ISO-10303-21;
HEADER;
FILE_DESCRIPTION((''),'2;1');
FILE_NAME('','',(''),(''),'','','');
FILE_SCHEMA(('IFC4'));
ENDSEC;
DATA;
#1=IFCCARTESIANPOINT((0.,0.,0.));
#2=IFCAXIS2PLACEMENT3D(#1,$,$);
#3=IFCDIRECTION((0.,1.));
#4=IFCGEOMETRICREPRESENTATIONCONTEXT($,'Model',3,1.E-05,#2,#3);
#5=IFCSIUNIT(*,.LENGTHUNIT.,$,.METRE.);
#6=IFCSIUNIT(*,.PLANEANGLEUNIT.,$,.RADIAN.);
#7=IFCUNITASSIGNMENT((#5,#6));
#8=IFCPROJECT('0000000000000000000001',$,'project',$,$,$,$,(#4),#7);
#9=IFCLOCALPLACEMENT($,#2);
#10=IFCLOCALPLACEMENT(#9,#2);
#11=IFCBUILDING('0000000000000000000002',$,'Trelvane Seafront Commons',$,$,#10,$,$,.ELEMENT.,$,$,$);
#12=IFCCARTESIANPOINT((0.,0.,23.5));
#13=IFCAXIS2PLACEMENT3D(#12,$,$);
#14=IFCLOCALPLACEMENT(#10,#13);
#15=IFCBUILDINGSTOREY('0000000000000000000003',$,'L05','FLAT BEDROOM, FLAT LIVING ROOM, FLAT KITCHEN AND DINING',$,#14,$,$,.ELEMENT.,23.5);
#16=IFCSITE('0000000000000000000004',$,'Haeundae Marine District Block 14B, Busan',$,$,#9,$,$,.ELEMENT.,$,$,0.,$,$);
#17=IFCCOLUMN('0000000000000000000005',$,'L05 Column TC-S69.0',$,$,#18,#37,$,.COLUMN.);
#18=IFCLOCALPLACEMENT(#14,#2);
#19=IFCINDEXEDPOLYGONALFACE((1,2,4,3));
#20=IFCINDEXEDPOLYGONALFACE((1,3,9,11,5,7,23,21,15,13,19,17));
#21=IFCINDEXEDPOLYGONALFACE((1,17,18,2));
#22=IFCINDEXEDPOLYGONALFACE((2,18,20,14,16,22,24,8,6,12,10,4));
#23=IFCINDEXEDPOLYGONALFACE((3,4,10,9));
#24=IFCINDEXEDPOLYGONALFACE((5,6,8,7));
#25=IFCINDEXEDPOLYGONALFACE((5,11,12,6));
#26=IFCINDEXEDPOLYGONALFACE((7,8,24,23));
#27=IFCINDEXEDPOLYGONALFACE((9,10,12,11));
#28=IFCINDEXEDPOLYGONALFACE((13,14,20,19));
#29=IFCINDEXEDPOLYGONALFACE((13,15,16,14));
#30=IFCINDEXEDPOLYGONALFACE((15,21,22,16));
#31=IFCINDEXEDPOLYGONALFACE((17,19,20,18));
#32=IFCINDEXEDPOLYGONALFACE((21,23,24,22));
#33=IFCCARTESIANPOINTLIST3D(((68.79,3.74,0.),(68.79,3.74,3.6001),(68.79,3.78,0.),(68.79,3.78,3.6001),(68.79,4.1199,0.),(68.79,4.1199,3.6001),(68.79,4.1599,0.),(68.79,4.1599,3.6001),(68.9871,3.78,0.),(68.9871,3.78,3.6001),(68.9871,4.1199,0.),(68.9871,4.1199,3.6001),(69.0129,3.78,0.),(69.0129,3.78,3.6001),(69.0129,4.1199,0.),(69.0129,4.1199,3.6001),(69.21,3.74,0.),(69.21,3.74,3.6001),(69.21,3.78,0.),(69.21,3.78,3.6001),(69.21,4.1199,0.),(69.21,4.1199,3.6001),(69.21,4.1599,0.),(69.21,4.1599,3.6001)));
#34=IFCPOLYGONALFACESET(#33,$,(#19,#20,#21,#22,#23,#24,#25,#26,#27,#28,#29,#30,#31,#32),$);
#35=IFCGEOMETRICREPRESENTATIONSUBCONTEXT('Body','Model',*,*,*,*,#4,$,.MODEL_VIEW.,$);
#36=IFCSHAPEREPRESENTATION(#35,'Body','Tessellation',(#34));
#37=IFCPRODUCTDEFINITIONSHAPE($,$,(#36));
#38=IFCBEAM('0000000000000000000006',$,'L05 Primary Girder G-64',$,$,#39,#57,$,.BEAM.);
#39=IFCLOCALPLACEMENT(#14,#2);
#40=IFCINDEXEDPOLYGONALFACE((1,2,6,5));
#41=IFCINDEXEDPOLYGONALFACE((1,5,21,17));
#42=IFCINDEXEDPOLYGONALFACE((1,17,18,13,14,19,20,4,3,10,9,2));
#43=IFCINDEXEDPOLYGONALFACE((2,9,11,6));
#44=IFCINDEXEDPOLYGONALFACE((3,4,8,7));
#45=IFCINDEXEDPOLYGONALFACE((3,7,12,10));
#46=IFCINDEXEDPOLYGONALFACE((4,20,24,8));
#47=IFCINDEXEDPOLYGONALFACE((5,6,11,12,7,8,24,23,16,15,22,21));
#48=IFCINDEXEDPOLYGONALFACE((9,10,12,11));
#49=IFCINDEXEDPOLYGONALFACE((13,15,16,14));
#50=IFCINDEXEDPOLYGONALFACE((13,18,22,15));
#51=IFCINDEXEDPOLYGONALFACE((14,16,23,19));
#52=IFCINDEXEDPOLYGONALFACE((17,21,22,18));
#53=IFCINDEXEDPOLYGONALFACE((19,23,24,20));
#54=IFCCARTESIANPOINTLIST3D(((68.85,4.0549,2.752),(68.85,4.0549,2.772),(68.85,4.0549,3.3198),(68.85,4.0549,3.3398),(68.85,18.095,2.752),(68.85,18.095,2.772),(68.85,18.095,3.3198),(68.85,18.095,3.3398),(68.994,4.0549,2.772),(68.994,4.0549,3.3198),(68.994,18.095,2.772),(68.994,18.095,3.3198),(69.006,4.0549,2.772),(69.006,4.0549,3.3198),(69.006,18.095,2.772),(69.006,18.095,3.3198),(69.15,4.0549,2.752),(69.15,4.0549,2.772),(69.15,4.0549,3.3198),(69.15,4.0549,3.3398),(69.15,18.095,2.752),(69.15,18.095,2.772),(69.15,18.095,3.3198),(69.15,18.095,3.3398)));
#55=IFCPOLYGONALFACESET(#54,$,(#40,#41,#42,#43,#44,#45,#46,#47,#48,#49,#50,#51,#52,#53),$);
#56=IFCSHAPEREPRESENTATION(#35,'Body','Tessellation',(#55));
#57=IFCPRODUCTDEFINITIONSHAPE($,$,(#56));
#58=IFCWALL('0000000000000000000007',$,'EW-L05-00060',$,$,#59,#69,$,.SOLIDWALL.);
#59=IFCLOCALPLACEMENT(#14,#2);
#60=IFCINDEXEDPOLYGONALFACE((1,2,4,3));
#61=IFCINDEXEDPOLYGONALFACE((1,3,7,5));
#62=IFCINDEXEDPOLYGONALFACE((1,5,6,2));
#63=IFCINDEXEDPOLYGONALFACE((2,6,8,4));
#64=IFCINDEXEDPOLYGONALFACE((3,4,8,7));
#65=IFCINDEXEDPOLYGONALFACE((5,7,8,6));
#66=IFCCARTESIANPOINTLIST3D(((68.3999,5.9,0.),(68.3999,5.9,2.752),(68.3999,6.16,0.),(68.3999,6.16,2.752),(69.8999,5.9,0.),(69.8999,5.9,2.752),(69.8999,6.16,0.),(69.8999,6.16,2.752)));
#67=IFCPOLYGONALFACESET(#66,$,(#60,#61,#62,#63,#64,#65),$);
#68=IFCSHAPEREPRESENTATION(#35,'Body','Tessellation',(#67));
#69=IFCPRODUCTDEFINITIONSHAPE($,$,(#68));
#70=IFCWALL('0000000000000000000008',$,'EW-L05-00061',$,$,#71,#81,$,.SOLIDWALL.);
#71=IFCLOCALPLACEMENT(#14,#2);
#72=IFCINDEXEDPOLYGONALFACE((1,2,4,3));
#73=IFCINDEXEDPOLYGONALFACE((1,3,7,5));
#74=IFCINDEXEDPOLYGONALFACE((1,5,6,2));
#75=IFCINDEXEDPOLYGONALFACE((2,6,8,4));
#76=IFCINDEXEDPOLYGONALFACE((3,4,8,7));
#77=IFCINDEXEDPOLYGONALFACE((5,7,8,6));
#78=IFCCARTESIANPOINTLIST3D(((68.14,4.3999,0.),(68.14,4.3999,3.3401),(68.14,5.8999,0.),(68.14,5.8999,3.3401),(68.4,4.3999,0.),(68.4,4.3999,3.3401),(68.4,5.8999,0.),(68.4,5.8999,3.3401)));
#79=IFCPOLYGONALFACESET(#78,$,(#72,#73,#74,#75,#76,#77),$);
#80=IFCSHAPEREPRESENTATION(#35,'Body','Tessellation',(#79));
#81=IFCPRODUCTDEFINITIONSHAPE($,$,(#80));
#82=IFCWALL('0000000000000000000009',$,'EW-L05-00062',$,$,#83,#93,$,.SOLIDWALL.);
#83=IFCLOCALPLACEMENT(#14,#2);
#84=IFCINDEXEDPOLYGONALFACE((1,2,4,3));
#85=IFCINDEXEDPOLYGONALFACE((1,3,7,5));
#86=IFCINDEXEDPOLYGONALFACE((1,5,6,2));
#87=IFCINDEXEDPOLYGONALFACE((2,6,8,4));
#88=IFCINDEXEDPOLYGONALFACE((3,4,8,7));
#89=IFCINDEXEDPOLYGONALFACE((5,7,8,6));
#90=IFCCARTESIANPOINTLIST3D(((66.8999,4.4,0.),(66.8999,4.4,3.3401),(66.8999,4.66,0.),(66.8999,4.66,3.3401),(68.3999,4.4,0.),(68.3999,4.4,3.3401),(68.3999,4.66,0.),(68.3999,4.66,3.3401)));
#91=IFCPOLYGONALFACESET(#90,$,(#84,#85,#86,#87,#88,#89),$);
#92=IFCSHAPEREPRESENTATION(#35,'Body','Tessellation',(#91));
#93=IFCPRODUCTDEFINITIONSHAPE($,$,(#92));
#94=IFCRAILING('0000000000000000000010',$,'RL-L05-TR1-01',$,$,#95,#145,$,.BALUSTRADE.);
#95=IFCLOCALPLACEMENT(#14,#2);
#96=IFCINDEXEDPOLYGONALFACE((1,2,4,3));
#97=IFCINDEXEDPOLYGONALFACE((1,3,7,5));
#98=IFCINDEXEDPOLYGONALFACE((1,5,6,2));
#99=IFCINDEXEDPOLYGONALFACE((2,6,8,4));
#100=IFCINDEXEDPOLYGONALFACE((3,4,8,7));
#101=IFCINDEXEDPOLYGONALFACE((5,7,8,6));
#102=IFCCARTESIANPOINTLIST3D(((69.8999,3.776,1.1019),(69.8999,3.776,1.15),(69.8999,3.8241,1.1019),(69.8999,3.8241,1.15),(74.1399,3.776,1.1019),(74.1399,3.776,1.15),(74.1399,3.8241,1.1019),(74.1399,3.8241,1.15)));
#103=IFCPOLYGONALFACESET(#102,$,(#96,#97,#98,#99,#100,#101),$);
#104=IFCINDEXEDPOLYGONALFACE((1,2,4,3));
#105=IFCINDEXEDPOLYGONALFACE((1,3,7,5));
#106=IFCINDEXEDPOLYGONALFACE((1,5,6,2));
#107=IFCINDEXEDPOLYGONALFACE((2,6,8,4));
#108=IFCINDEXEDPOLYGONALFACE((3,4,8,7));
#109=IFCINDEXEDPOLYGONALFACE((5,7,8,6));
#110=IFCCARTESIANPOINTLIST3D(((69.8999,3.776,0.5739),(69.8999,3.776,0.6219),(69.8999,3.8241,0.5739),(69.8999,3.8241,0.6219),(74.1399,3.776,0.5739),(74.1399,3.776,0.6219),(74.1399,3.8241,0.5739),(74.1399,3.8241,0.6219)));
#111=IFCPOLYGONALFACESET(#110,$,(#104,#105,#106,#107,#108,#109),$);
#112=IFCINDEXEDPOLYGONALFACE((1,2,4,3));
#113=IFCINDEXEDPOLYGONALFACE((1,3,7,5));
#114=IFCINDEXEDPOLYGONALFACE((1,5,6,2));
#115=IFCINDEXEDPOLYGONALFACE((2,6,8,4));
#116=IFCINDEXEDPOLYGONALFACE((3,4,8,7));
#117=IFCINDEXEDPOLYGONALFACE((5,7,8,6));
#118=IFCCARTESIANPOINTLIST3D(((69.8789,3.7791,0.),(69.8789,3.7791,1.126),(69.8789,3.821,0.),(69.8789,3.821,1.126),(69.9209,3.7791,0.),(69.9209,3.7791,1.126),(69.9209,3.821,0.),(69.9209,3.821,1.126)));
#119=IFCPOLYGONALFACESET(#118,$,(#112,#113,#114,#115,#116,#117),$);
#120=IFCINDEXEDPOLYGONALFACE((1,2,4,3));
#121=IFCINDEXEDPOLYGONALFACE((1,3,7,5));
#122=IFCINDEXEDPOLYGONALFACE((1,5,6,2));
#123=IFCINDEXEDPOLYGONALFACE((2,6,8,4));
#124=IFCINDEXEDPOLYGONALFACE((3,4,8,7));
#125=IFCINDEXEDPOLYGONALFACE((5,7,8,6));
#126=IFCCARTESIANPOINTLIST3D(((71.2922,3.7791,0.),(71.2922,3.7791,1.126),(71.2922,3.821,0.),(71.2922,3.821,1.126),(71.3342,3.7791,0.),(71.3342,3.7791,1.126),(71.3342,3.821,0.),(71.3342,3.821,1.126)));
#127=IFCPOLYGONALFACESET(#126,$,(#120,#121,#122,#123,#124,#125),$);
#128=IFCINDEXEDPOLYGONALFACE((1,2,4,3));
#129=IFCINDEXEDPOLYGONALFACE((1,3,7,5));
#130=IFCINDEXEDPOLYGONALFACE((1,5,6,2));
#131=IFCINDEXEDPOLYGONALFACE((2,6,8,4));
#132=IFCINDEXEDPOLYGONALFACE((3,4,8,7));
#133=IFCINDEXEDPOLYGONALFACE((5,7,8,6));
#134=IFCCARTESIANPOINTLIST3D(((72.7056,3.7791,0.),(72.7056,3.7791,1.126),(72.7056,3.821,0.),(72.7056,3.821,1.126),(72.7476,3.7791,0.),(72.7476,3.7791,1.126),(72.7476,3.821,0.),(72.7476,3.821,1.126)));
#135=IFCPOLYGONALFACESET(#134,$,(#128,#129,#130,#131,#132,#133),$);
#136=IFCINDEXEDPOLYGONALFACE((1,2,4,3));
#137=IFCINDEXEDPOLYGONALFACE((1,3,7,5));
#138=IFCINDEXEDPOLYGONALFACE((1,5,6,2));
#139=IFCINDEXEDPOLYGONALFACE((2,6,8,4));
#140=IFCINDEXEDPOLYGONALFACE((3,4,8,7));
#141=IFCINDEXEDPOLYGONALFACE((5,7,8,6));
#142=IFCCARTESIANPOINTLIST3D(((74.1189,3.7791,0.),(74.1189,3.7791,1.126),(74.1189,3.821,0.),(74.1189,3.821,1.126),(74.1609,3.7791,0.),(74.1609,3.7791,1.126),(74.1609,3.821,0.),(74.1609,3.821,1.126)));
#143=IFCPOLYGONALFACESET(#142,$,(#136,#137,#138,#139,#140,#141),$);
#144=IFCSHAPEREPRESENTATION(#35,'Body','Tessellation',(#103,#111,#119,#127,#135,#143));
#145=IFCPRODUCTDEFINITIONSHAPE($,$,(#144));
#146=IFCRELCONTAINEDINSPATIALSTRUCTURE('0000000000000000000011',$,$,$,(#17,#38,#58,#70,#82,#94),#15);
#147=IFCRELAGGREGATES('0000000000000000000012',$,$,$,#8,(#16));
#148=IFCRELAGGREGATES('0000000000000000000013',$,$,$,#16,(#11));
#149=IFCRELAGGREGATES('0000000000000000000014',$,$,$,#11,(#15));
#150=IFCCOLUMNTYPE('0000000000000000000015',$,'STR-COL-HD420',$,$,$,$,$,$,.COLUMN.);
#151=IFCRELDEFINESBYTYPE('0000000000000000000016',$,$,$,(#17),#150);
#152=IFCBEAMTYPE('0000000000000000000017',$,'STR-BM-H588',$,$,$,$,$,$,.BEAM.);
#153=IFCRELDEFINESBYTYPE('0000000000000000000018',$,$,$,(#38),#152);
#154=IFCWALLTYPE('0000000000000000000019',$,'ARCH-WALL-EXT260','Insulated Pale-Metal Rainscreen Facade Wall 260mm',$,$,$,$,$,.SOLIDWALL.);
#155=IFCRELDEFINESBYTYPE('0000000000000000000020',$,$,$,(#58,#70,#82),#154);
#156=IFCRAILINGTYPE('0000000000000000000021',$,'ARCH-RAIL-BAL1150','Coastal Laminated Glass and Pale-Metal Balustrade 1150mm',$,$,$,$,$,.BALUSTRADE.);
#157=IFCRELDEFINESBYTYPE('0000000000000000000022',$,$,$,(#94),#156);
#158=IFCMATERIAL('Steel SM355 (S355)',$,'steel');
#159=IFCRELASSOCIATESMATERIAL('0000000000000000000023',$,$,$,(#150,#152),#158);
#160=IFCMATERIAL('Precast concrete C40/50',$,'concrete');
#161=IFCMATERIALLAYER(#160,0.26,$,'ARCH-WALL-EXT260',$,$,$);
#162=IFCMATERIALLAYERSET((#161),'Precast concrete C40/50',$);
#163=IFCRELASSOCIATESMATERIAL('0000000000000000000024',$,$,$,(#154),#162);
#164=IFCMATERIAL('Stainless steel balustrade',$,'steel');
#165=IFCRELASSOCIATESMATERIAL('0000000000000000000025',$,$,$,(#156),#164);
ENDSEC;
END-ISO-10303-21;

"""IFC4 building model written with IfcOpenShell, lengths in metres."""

from ifc_helpers import new_model, si_unit, direction, frame, frame_2d, origin, origin_2d, place, context, subcontext, project, spatial, rectangle, i_section, extrude, source, transform, mapped, material, layer, layer_set, material_profile, profile_set, type_object, element, save


model = new_model("IFC4")

# Units and contexts
model_context = context("Model", 3, precision=1e-05, world=origin(), true_north=direction((0.0, 1.0)))
body_context = subcontext(model_context, "Body", "Model", "MODEL_VIEW")
ifc_project = project(units=[si_unit("LENGTHUNIT", "METRE"), si_unit("PLANEANGLEUNIT", "RADIAN")], contexts=[model_context])

# Site, building, storey
site_placement = place(None, origin())
site = spatial("IfcSite", under=ifc_project, at=site_placement, Name="Haeundae Marine District Block 14B, Busan", CompositionType="ELEMENT", RefElevation=0.0)
building_placement = place(site_placement, origin())
building = spatial("IfcBuilding", under=site, at=building_placement, Name="Trelvane Seafront Commons", CompositionType="ELEMENT")
storey_placement = place(building_placement, frame((0.0, 0.0, 23.5)))
storey = spatial("IfcBuildingStorey", under=building, at=storey_placement, Name="L05", Description="FLAT BEDROOM, FLAT LIVING ROOM, FLAT KITCHEN AND DINING", CompositionType="ELEMENT", Elevation=23.5)

# Column
ifc_material_1 = material(Name="Steel SM355 (S355)", Category="steel")
ifc_material_profile_1 = material_profile(ifc_material_1, i_section(OverallWidth=0.4199, OverallDepth=0.4199, WebThickness=0.0259, FlangeThickness=0.04, at=origin_2d()), Name="HD-420x420x26x40")
ifc_profile_set_1 = profile_set([ifc_material_profile_1], Name="Steel SM355 (S355)")
column_type = type_object("IfcColumnType", Name="STR-COL-HD420", PredefinedType="COLUMN", material=ifc_profile_set_1)
shared_shape_1 = source(origin(), body_context, "Body", "SweptSolid", [
    extrude(i_section(OverallWidth=0.4199, OverallDepth=0.4199, WebThickness=0.0259, FlangeThickness=0.04, at=origin_2d()), origin(), (0.0, 0.0, 1.0), 3.6001),
])
column_placement = place(storey_placement, frame((69.0, 3.95, 0.0), z_axis=(0.0, 0.0, 1.0), x_axis=(1.0, 0.0, 0.0)))
element("IfcColumn", 1, at=column_placement, inside=storey, type_object=column_type, Name="L05 Column TC-S69.0", PredefinedType="COLUMN", context=body_context, shape_type="MappedRepresentation", body=[
    mapped(shared_shape_1, transform((0.0, 0.0, 0.0), x_axis=(1.0, 0.0, 0.0), y_axis=(0.0, 1.0, 0.0), z_axis=(0.0, 0.0, 1.0), scale=1.0)),
])

# Beam
ifc_material_profile_2 = material_profile(ifc_material_1, i_section(OverallWidth=0.3, OverallDepth=0.5879, WebThickness=0.012, FlangeThickness=0.02, at=origin_2d()), Name="H-588x300x12x20")
ifc_profile_set_2 = profile_set([ifc_material_profile_2], Name="Steel SM355 (S355)")
beam_type = type_object("IfcBeamType", Name="STR-BM-H588", PredefinedType="BEAM", material=ifc_profile_set_2)
shared_shape_2 = source(origin(), body_context, "Body", "SweptSolid", [
    extrude(i_section(OverallWidth=0.3, OverallDepth=0.5879, WebThickness=0.012, FlangeThickness=0.02, at=origin_2d()), origin(), (0.0, 0.0, 1.0), 14.04),
])
beam_placement = place(storey_placement, frame((69.0, 4.0549, 3.0459), z_axis=(0.0, 1.0, 0.0), x_axis=(-1.0, 0.0, 0.0)))
element("IfcBeam", 2, at=beam_placement, inside=storey, type_object=beam_type, Name="L05 Primary Girder G-64", PredefinedType="BEAM", context=body_context, shape_type="MappedRepresentation", body=[
    mapped(shared_shape_2, transform((0.0, 0.0, 0.0), x_axis=(1.0, 0.0, 0.0), y_axis=(0.0, 1.0, 0.0), z_axis=(0.0, 0.0, 1.0), scale=1.0)),
])

# Walls
ifc_material_2 = material(Name="Precast concrete C40/50", Category="concrete")
ifc_layer = layer(ifc_material_2, 0.26, Name="ARCH-WALL-EXT260")
ifc_layer_set = layer_set([ifc_layer], Name="Precast concrete C40/50")
wall_type = type_object("IfcWallType", Name="ARCH-WALL-EXT260", Description="Insulated Pale-Metal Rainscreen Facade Wall 260mm", PredefinedType="SOLIDWALL", material=ifc_layer_set)
wall_placement = place(storey_placement, frame((69.8999, 6.03, 0.0), z_axis=(0.0, 0.0, 1.0), x_axis=(-1.0, 0.0, 0.0)))
element("IfcWall", 3, at=wall_placement, inside=storey, type_object=wall_type, Name="EW-L05-00060", PredefinedType="SOLIDWALL", context=body_context, shape_type="SweptSolid", body=[
    extrude(rectangle(XDim=1.5, YDim=0.26, at=frame_2d((0.75, 0.0))), origin(), (0.0, 0.0, 1.0), 2.752),
])
for number, where, z_axis, x_axis, name in (
    (4, (68.27, 5.8999, 0.0), (0.0, 0.0, 1.0), (0.0, -1.0, 0.0), "EW-L05-00061"),
    (5, (68.3999, 4.53, 0.0), (0.0, 0.0, 1.0), (-1.0, 0.0, 0.0), "EW-L05-00062"),
):
    element("IfcWall", number, at=place(storey_placement, frame(where, z_axis=z_axis, x_axis=x_axis)), inside=storey, type_object=wall_type, Name=name, PredefinedType="SOLIDWALL", context=body_context, shape_type="SweptSolid", body=[
        extrude(rectangle(XDim=1.5, YDim=0.26, at=frame_2d((0.75, 0.0))), origin(), (0.0, 0.0, 1.0), 3.3401),
    ])

# Railing
ifc_material_3 = material(Name="Stainless steel balustrade", Category="steel")
railing_type = type_object("IfcRailingType", Name="ARCH-RAIL-BAL1150", Description="Coastal Laminated Glass and Pale-Metal Balustrade 1150mm", PredefinedType="BALUSTRADE", material=ifc_material_3)
railing_1_placement = place(storey_placement, frame((69.8999, 3.8, 0.0)))
element("IfcRailing", 6, at=railing_1_placement, inside=storey, type_object=railing_type, Name="RL-L05-TR1-01", PredefinedType="BALUSTRADE", context=body_context, shape_type="SweptSolid", body=[
    extrude(rectangle(XDim=0.0481, YDim=0.0481, at=origin_2d()), frame((0.0, 0.0, 1.126), z_axis=(1.0, 0.0, 0.0), x_axis=(0.0, 1.0, 0.0)), (0.0, 0.0, 1.0), 4.24),
    extrude(rectangle(XDim=0.0481, YDim=0.0481, at=origin_2d()), frame((0.0, 0.0, 0.5979), z_axis=(1.0, 0.0, 0.0), x_axis=(0.0, 1.0, 0.0)), (0.0, 0.0, 1.0), 4.24),
    extrude(rectangle(XDim=0.042, YDim=0.042, at=origin_2d()), origin(), (0.0, 0.0, 1.0), 1.126),
    extrude(rectangle(XDim=0.042, YDim=0.042, at=origin_2d()), frame((1.4133, 0.0, 0.0)), (0.0, 0.0, 1.0), 1.126),
    extrude(rectangle(XDim=0.042, YDim=0.042, at=origin_2d()), frame((2.8267, 0.0, 0.0)), (0.0, 0.0, 1.0), 1.126),
    extrude(rectangle(XDim=0.042, YDim=0.042, at=origin_2d()), frame((4.24, 0.0, 0.0)), (0.0, 0.0, 1.0), 1.126),
])

save(model, "model.ifc")
